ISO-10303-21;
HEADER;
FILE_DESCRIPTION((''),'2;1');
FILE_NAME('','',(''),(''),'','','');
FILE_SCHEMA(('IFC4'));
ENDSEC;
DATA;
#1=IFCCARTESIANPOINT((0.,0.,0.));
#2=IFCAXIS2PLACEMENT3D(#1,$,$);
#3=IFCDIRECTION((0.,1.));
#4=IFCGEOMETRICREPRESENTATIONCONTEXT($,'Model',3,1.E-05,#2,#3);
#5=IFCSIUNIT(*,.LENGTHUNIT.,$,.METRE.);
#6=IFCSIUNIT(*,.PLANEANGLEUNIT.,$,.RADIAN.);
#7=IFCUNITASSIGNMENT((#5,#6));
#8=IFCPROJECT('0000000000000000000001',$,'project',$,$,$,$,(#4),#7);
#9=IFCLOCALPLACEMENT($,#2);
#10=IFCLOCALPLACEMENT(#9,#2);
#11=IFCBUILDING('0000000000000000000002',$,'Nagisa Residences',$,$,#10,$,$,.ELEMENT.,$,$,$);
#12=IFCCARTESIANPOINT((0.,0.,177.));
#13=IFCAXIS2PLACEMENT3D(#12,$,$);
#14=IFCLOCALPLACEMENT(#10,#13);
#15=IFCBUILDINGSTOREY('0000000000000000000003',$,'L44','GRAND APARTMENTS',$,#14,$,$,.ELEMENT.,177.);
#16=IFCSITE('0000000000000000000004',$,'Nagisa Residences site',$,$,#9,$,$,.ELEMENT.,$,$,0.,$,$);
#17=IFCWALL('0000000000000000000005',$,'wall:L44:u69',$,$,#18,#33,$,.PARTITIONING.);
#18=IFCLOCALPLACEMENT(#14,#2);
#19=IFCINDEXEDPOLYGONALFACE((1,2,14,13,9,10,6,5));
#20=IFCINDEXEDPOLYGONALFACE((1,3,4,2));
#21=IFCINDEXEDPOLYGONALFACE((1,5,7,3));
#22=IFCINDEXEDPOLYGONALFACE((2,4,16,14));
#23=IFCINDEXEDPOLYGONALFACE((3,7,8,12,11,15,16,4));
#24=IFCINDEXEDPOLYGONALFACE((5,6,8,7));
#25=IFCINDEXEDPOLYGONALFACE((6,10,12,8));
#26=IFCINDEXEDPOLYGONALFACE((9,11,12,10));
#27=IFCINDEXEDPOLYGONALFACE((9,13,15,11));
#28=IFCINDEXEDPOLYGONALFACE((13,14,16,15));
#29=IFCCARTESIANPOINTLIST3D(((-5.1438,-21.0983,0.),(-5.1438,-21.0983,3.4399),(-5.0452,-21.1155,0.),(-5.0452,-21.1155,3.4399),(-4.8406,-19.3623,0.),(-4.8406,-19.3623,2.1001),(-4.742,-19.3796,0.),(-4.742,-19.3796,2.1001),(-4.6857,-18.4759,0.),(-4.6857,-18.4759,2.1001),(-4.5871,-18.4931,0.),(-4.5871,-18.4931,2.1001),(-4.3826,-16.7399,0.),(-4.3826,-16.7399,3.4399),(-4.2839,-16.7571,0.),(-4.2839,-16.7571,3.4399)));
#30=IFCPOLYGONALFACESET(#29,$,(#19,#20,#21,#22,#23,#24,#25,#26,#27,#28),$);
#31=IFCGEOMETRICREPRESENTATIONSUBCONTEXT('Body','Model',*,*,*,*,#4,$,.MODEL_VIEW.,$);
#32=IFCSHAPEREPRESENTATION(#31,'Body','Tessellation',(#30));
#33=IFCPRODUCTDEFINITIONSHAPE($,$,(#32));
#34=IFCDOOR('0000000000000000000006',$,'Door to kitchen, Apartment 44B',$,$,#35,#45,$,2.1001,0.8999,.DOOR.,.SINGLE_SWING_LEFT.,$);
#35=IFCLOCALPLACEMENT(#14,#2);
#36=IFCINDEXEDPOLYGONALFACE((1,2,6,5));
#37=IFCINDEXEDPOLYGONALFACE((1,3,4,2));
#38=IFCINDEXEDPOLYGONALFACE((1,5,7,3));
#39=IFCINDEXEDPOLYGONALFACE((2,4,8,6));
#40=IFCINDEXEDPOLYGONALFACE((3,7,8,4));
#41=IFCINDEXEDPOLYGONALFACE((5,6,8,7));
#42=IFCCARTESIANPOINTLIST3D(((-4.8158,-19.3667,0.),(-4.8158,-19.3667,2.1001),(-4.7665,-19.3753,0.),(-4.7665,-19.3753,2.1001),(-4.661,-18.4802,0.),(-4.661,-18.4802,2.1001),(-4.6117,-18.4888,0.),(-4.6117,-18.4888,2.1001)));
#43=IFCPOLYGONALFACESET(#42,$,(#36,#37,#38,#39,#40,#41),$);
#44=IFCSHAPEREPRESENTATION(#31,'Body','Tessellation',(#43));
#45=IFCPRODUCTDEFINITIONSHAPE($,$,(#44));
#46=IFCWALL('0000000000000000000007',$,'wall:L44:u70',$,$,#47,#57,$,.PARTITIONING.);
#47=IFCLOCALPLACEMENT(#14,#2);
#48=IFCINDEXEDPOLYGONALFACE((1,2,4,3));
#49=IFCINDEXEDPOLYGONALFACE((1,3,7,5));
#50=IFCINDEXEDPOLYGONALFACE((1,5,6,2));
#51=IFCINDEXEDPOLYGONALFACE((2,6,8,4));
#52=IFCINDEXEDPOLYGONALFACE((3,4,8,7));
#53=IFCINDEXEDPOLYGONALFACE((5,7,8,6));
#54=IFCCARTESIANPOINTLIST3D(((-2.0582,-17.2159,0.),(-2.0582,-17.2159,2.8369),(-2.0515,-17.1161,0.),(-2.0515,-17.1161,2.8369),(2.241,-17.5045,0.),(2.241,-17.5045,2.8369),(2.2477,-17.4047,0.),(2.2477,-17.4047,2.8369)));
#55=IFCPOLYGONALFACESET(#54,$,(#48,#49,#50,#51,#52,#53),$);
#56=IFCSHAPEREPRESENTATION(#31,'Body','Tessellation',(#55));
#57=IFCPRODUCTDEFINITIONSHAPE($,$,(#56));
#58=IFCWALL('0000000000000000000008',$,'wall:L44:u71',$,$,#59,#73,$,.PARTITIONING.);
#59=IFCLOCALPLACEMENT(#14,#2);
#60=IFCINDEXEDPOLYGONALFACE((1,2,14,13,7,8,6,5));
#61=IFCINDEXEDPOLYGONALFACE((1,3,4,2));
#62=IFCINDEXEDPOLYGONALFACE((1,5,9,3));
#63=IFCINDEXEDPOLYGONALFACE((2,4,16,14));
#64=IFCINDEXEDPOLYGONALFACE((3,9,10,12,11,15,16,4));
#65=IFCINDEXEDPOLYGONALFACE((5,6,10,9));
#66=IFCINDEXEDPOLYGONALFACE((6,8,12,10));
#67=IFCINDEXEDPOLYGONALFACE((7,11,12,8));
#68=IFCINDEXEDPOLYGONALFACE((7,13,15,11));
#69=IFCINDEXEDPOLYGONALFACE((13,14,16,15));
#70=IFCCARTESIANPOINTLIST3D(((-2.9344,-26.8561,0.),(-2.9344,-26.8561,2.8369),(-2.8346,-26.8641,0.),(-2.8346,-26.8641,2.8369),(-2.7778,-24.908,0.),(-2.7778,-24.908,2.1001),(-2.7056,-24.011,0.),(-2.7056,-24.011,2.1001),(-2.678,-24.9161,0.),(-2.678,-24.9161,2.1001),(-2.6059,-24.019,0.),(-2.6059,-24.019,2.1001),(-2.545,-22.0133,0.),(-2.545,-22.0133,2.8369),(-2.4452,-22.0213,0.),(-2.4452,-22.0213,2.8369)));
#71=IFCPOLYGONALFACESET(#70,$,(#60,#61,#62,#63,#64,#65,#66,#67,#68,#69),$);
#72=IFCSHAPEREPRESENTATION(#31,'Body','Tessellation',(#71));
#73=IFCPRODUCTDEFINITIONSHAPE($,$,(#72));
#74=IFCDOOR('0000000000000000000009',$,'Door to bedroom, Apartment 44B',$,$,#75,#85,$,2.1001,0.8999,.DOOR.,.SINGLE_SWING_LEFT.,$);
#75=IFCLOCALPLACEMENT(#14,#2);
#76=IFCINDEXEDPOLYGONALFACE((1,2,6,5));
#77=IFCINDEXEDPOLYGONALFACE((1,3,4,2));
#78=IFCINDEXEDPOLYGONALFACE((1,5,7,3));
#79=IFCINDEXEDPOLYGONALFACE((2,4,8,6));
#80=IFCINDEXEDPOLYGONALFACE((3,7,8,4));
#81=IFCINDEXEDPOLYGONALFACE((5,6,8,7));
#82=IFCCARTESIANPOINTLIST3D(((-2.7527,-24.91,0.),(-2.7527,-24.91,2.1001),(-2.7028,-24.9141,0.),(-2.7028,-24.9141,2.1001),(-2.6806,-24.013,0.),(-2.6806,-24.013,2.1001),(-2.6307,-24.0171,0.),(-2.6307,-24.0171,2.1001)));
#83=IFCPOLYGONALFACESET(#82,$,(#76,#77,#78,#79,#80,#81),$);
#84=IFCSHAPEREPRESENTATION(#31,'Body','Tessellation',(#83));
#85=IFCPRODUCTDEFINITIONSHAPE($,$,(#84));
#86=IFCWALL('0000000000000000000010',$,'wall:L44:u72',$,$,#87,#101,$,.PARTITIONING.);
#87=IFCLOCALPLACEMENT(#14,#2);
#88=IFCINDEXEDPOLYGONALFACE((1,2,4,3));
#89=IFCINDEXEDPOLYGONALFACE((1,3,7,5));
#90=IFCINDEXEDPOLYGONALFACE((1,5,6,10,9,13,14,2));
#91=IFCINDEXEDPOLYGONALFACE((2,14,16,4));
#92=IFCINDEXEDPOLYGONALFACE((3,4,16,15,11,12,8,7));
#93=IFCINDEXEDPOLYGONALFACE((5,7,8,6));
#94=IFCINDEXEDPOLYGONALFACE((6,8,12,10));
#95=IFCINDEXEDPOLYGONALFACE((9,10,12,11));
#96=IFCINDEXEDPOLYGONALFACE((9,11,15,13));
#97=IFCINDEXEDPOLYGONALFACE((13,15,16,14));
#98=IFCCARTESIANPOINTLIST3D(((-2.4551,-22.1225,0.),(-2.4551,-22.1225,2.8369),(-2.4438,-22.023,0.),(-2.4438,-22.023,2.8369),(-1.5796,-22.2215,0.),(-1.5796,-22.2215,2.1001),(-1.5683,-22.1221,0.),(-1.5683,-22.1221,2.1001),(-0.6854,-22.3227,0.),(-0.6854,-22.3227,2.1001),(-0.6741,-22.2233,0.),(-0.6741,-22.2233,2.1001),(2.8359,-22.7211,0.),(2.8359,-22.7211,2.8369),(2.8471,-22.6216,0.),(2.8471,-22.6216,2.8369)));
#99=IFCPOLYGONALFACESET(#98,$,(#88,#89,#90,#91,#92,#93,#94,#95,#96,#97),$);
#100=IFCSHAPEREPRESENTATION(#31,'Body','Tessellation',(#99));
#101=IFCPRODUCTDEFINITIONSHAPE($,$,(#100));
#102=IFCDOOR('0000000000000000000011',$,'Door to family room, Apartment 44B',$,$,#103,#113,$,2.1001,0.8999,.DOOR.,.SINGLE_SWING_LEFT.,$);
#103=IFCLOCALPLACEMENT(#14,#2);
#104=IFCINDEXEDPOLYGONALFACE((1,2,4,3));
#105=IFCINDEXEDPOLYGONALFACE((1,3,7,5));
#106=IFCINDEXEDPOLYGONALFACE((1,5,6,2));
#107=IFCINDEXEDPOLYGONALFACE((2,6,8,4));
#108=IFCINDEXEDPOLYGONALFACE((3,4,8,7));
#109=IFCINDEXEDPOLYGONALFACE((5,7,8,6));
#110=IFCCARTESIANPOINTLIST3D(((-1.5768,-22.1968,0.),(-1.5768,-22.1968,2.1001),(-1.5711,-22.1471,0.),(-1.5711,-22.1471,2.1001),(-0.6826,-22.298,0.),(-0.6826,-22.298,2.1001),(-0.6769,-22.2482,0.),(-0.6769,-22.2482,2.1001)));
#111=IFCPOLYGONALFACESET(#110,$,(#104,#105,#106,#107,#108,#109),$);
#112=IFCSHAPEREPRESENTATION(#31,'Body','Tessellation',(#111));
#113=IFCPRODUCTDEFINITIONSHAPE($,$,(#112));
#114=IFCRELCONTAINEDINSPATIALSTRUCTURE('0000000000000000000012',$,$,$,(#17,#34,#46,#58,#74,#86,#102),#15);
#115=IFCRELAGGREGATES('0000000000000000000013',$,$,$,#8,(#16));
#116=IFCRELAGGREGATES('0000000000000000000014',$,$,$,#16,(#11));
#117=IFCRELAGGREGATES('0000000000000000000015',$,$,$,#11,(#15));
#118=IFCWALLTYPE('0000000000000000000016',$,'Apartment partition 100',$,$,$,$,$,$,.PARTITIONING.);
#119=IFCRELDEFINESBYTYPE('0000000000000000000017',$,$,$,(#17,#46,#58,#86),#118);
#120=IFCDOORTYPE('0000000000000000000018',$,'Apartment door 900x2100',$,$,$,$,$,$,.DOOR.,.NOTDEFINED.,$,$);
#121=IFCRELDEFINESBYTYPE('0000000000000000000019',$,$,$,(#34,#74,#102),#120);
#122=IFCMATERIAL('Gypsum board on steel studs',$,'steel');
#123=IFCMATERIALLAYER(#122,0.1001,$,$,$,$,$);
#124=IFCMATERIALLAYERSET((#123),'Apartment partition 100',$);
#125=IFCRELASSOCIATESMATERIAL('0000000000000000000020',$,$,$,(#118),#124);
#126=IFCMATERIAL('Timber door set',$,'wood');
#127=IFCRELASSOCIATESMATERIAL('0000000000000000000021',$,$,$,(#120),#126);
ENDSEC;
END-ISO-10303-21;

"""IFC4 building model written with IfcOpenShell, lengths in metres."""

from ifc_helpers import new_model, si_unit, direction, frame, frame_2d, origin, place, context, subcontext, project, spatial, rectangle, extrude, material, layer, layer_set, type_object, element, fill, save


model = new_model("IFC4")

# Units and contexts
model_context = context("Model", 3, precision=1e-05, world=origin(), true_north=direction((0.0, 1.0)))
body_context = subcontext(model_context, "Body", "Model", "MODEL_VIEW")
ifc_project = project(units=[si_unit("LENGTHUNIT", "METRE"), si_unit("PLANEANGLEUNIT", "RADIAN")], contexts=[model_context])

# Site, building, storey
site_placement = place(None, origin())
site = spatial("IfcSite", under=ifc_project, at=site_placement, Name="Nagisa Residences site", CompositionType="ELEMENT", RefElevation=0.0)
building_placement = place(site_placement, origin())
building = spatial("IfcBuilding", under=site, at=building_placement, Name="Nagisa Residences", CompositionType="ELEMENT")
storey_placement = place(building_placement, frame((0.0, 0.0, 177.0)))
storey = spatial("IfcBuildingStorey", under=building, at=storey_placement, Name="L44", Description="GRAND APARTMENTS", CompositionType="ELEMENT", Elevation=177.0)

# Shared definitions
ifc_material_1 = material(Name="Gypsum board on steel studs", Category="steel")
ifc_layer_1 = layer(ifc_material_1, 0.1001)
ifc_layer_set_1 = layer_set([ifc_layer_1], Name="Apartment partition 100")
wall_type_1 = type_object("IfcWallType", Name="Apartment partition 100", PredefinedType="PARTITIONING", material=ifc_layer_set_1)

# Shared definitions
ifc_material_2 = material(Name="Timber door set", Category="wood")
door_type_1 = type_object("IfcDoorType", Name="Apartment door 900x2100", OperationType="NOTDEFINED", PredefinedType="DOOR", material=ifc_material_2)

# Wall, opening, door
wall_1_placement = place(storey_placement, frame((-4.3333, -16.7485, 0.0), z_axis=(0.0, 0.0, 1.0), x_axis=(-0.172054, -0.985088, 0.0)))
wall_1 = element("IfcWall", 1, at=wall_1_placement, inside=storey, type_object=wall_type_1, Name="wall:L44:u69", PredefinedType="PARTITIONING", context=body_context, shape_type="SweptSolid", body=[
    extrude(rectangle(XDim=4.4243, YDim=0.1001, at=frame_2d((2.2122, 0.0))), origin(), (0.0, 0.0, 1.0), 3.4399),
])
opening_1_placement = place(wall_1_placement, frame((1.7622, 0.0, 0.0)))
opening_1 = element("IfcOpeningElement", 2, at=opening_1_placement, cuts=wall_1, PredefinedType="OPENING", context=body_context, shape_type="SweptSolid", body=[
    extrude(rectangle(XDim=0.8999, YDim=2.1001, at=frame_2d((0.45, 1.05))), frame((0.0, 0.0601, 0.0), z_axis=(0.0, -1.0, 0.0), x_axis=(1.0, 0.0, 0.0)), (0.0, 0.0, 1.0), 0.1201),
])
door_1_placement = place(opening_1_placement, frame((0.8999, 0.0, 0.0), x_axis=(-1.0, 0.0, 0.0)))
door_1 = element("IfcDoor", 3, at=door_1_placement, inside=storey, type_object=door_type_1, Name="Door to kitchen, Apartment 44B", OperationType="SINGLE_SWING_LEFT", OverallHeight=2.1001, OverallWidth=0.8999, PredefinedType="DOOR", context=body_context, shape_type="SweptSolid", body=[
    extrude(rectangle(XDim=0.8999, YDim=2.1001, at=frame_2d((0.45, 1.05))), frame((0.0, 0.0249, 0.0), z_axis=(0.0, -1.0, 0.0), x_axis=(1.0, 0.0, 0.0)), (0.0, 0.0, 1.0), 0.05),
])
fill(opening_1, door_1)

# Wall
wall_2_placement = place(storey_placement, frame((-2.0547, -17.166, 0.0), z_axis=(0.0, 0.0, 1.0), x_axis=(0.997755, -0.066974, 0.0)))
element("IfcWall", 4, at=wall_2_placement, inside=storey, type_object=wall_type_1, Name="wall:L44:u70", PredefinedType="PARTITIONING", context=body_context, shape_type="SweptSolid", body=[
    extrude(rectangle(XDim=4.3088, YDim=0.1001, at=frame_2d((2.1543, 0.0))), origin(), (0.0, 0.0, 1.0), 2.8369),
])

# Walls, openings, doors
wall_3_placement = place(storey_placement, frame((-2.4951, -22.0173, 0.0), z_axis=(0.0, 0.0, 1.0), x_axis=(-0.080151, -0.996783, 0.0)))
wall_3 = element("IfcWall", 5, at=wall_3_placement, inside=storey, type_object=wall_type_1, Name="wall:L44:u71", PredefinedType="PARTITIONING", context=body_context, shape_type="SweptSolid", body=[
    extrude(rectangle(XDim=4.8584, YDim=0.1001, at=frame_2d((2.4292, 0.0))), origin(), (0.0, 0.0, 1.0), 2.8369),
])
opening_2_placement = place(wall_3_placement, frame((2.0042, 0.0, 0.0)))
opening_2 = element("IfcOpeningElement", 6, at=opening_2_placement, cuts=wall_3, PredefinedType="OPENING", context=body_context, shape_type="SweptSolid", body=[
    extrude(rectangle(XDim=0.8999, YDim=2.1001, at=frame_2d((0.45, 1.05))), frame((0.0, 0.0601, 0.0), z_axis=(0.0, -1.0, 0.0), x_axis=(1.0, 0.0, 0.0)), (0.0, 0.0, 1.0), 0.1201),
])
door_2_placement = place(opening_2_placement, frame((0.8999, 0.0, 0.0), x_axis=(-1.0, 0.0, 0.0)))
door_2 = element("IfcDoor", 7, at=door_2_placement, inside=storey, type_object=door_type_1, Name="Door to bedroom, Apartment 44B", OperationType="SINGLE_SWING_LEFT", OverallHeight=2.1001, OverallWidth=0.8999, PredefinedType="DOOR", context=body_context, shape_type="SweptSolid", body=[
    extrude(rectangle(XDim=0.8999, YDim=2.1001, at=frame_2d((0.45, 1.05))), frame((0.0, 0.0249, 0.0), z_axis=(0.0, -1.0, 0.0), x_axis=(1.0, 0.0, 0.0)), (0.0, 0.0, 1.0), 0.05),
])
fill(opening_2, door_2)
wall_4_placement = place(storey_placement, frame((-2.4495, -22.0728, 0.0), z_axis=(0.0, 0.0, 1.0), x_axis=(0.99366, -0.112424, 0.0)))
wall_4 = element("IfcWall", 8, at=wall_4_placement, inside=storey, type_object=wall_type_1, Name="wall:L44:u72", PredefinedType="PARTITIONING", context=body_context, shape_type="SweptSolid", body=[
    extrude(rectangle(XDim=5.3247, YDim=0.1001, at=frame_2d((2.6624, 0.0))), origin(), (0.0, 0.0, 1.0), 2.8369),
])
opening_3_placement = place(wall_4_placement, frame((0.8811, 0.0, 0.0)))
opening_3 = element("IfcOpeningElement", 9, at=opening_3_placement, cuts=wall_4, PredefinedType="OPENING", context=body_context, shape_type="SweptSolid", body=[
    extrude(rectangle(XDim=0.8999, YDim=2.1001, at=frame_2d((0.45, 1.05))), frame((0.0, 0.0601, 0.0), z_axis=(0.0, -1.0, 0.0), x_axis=(1.0, 0.0, 0.0)), (0.0, 0.0, 1.0), 0.1201),
])
door_3_placement = place(opening_3_placement, origin())
door_3 = element("IfcDoor", 10, at=door_3_placement, inside=storey, type_object=door_type_1, Name="Door to family room, Apartment 44B", OperationType="SINGLE_SWING_LEFT", OverallHeight=2.1001, OverallWidth=0.8999, PredefinedType="DOOR", context=body_context, shape_type="SweptSolid", body=[
    extrude(rectangle(XDim=0.8999, YDim=2.1001, at=frame_2d((0.45, 1.05))), frame((0.0, 0.0249, 0.0), z_axis=(0.0, -1.0, 0.0), x_axis=(1.0, 0.0, 0.0)), (0.0, 0.0, 1.0), 0.05),
])
fill(opening_3, door_3)

save(model, "model.ifc")
